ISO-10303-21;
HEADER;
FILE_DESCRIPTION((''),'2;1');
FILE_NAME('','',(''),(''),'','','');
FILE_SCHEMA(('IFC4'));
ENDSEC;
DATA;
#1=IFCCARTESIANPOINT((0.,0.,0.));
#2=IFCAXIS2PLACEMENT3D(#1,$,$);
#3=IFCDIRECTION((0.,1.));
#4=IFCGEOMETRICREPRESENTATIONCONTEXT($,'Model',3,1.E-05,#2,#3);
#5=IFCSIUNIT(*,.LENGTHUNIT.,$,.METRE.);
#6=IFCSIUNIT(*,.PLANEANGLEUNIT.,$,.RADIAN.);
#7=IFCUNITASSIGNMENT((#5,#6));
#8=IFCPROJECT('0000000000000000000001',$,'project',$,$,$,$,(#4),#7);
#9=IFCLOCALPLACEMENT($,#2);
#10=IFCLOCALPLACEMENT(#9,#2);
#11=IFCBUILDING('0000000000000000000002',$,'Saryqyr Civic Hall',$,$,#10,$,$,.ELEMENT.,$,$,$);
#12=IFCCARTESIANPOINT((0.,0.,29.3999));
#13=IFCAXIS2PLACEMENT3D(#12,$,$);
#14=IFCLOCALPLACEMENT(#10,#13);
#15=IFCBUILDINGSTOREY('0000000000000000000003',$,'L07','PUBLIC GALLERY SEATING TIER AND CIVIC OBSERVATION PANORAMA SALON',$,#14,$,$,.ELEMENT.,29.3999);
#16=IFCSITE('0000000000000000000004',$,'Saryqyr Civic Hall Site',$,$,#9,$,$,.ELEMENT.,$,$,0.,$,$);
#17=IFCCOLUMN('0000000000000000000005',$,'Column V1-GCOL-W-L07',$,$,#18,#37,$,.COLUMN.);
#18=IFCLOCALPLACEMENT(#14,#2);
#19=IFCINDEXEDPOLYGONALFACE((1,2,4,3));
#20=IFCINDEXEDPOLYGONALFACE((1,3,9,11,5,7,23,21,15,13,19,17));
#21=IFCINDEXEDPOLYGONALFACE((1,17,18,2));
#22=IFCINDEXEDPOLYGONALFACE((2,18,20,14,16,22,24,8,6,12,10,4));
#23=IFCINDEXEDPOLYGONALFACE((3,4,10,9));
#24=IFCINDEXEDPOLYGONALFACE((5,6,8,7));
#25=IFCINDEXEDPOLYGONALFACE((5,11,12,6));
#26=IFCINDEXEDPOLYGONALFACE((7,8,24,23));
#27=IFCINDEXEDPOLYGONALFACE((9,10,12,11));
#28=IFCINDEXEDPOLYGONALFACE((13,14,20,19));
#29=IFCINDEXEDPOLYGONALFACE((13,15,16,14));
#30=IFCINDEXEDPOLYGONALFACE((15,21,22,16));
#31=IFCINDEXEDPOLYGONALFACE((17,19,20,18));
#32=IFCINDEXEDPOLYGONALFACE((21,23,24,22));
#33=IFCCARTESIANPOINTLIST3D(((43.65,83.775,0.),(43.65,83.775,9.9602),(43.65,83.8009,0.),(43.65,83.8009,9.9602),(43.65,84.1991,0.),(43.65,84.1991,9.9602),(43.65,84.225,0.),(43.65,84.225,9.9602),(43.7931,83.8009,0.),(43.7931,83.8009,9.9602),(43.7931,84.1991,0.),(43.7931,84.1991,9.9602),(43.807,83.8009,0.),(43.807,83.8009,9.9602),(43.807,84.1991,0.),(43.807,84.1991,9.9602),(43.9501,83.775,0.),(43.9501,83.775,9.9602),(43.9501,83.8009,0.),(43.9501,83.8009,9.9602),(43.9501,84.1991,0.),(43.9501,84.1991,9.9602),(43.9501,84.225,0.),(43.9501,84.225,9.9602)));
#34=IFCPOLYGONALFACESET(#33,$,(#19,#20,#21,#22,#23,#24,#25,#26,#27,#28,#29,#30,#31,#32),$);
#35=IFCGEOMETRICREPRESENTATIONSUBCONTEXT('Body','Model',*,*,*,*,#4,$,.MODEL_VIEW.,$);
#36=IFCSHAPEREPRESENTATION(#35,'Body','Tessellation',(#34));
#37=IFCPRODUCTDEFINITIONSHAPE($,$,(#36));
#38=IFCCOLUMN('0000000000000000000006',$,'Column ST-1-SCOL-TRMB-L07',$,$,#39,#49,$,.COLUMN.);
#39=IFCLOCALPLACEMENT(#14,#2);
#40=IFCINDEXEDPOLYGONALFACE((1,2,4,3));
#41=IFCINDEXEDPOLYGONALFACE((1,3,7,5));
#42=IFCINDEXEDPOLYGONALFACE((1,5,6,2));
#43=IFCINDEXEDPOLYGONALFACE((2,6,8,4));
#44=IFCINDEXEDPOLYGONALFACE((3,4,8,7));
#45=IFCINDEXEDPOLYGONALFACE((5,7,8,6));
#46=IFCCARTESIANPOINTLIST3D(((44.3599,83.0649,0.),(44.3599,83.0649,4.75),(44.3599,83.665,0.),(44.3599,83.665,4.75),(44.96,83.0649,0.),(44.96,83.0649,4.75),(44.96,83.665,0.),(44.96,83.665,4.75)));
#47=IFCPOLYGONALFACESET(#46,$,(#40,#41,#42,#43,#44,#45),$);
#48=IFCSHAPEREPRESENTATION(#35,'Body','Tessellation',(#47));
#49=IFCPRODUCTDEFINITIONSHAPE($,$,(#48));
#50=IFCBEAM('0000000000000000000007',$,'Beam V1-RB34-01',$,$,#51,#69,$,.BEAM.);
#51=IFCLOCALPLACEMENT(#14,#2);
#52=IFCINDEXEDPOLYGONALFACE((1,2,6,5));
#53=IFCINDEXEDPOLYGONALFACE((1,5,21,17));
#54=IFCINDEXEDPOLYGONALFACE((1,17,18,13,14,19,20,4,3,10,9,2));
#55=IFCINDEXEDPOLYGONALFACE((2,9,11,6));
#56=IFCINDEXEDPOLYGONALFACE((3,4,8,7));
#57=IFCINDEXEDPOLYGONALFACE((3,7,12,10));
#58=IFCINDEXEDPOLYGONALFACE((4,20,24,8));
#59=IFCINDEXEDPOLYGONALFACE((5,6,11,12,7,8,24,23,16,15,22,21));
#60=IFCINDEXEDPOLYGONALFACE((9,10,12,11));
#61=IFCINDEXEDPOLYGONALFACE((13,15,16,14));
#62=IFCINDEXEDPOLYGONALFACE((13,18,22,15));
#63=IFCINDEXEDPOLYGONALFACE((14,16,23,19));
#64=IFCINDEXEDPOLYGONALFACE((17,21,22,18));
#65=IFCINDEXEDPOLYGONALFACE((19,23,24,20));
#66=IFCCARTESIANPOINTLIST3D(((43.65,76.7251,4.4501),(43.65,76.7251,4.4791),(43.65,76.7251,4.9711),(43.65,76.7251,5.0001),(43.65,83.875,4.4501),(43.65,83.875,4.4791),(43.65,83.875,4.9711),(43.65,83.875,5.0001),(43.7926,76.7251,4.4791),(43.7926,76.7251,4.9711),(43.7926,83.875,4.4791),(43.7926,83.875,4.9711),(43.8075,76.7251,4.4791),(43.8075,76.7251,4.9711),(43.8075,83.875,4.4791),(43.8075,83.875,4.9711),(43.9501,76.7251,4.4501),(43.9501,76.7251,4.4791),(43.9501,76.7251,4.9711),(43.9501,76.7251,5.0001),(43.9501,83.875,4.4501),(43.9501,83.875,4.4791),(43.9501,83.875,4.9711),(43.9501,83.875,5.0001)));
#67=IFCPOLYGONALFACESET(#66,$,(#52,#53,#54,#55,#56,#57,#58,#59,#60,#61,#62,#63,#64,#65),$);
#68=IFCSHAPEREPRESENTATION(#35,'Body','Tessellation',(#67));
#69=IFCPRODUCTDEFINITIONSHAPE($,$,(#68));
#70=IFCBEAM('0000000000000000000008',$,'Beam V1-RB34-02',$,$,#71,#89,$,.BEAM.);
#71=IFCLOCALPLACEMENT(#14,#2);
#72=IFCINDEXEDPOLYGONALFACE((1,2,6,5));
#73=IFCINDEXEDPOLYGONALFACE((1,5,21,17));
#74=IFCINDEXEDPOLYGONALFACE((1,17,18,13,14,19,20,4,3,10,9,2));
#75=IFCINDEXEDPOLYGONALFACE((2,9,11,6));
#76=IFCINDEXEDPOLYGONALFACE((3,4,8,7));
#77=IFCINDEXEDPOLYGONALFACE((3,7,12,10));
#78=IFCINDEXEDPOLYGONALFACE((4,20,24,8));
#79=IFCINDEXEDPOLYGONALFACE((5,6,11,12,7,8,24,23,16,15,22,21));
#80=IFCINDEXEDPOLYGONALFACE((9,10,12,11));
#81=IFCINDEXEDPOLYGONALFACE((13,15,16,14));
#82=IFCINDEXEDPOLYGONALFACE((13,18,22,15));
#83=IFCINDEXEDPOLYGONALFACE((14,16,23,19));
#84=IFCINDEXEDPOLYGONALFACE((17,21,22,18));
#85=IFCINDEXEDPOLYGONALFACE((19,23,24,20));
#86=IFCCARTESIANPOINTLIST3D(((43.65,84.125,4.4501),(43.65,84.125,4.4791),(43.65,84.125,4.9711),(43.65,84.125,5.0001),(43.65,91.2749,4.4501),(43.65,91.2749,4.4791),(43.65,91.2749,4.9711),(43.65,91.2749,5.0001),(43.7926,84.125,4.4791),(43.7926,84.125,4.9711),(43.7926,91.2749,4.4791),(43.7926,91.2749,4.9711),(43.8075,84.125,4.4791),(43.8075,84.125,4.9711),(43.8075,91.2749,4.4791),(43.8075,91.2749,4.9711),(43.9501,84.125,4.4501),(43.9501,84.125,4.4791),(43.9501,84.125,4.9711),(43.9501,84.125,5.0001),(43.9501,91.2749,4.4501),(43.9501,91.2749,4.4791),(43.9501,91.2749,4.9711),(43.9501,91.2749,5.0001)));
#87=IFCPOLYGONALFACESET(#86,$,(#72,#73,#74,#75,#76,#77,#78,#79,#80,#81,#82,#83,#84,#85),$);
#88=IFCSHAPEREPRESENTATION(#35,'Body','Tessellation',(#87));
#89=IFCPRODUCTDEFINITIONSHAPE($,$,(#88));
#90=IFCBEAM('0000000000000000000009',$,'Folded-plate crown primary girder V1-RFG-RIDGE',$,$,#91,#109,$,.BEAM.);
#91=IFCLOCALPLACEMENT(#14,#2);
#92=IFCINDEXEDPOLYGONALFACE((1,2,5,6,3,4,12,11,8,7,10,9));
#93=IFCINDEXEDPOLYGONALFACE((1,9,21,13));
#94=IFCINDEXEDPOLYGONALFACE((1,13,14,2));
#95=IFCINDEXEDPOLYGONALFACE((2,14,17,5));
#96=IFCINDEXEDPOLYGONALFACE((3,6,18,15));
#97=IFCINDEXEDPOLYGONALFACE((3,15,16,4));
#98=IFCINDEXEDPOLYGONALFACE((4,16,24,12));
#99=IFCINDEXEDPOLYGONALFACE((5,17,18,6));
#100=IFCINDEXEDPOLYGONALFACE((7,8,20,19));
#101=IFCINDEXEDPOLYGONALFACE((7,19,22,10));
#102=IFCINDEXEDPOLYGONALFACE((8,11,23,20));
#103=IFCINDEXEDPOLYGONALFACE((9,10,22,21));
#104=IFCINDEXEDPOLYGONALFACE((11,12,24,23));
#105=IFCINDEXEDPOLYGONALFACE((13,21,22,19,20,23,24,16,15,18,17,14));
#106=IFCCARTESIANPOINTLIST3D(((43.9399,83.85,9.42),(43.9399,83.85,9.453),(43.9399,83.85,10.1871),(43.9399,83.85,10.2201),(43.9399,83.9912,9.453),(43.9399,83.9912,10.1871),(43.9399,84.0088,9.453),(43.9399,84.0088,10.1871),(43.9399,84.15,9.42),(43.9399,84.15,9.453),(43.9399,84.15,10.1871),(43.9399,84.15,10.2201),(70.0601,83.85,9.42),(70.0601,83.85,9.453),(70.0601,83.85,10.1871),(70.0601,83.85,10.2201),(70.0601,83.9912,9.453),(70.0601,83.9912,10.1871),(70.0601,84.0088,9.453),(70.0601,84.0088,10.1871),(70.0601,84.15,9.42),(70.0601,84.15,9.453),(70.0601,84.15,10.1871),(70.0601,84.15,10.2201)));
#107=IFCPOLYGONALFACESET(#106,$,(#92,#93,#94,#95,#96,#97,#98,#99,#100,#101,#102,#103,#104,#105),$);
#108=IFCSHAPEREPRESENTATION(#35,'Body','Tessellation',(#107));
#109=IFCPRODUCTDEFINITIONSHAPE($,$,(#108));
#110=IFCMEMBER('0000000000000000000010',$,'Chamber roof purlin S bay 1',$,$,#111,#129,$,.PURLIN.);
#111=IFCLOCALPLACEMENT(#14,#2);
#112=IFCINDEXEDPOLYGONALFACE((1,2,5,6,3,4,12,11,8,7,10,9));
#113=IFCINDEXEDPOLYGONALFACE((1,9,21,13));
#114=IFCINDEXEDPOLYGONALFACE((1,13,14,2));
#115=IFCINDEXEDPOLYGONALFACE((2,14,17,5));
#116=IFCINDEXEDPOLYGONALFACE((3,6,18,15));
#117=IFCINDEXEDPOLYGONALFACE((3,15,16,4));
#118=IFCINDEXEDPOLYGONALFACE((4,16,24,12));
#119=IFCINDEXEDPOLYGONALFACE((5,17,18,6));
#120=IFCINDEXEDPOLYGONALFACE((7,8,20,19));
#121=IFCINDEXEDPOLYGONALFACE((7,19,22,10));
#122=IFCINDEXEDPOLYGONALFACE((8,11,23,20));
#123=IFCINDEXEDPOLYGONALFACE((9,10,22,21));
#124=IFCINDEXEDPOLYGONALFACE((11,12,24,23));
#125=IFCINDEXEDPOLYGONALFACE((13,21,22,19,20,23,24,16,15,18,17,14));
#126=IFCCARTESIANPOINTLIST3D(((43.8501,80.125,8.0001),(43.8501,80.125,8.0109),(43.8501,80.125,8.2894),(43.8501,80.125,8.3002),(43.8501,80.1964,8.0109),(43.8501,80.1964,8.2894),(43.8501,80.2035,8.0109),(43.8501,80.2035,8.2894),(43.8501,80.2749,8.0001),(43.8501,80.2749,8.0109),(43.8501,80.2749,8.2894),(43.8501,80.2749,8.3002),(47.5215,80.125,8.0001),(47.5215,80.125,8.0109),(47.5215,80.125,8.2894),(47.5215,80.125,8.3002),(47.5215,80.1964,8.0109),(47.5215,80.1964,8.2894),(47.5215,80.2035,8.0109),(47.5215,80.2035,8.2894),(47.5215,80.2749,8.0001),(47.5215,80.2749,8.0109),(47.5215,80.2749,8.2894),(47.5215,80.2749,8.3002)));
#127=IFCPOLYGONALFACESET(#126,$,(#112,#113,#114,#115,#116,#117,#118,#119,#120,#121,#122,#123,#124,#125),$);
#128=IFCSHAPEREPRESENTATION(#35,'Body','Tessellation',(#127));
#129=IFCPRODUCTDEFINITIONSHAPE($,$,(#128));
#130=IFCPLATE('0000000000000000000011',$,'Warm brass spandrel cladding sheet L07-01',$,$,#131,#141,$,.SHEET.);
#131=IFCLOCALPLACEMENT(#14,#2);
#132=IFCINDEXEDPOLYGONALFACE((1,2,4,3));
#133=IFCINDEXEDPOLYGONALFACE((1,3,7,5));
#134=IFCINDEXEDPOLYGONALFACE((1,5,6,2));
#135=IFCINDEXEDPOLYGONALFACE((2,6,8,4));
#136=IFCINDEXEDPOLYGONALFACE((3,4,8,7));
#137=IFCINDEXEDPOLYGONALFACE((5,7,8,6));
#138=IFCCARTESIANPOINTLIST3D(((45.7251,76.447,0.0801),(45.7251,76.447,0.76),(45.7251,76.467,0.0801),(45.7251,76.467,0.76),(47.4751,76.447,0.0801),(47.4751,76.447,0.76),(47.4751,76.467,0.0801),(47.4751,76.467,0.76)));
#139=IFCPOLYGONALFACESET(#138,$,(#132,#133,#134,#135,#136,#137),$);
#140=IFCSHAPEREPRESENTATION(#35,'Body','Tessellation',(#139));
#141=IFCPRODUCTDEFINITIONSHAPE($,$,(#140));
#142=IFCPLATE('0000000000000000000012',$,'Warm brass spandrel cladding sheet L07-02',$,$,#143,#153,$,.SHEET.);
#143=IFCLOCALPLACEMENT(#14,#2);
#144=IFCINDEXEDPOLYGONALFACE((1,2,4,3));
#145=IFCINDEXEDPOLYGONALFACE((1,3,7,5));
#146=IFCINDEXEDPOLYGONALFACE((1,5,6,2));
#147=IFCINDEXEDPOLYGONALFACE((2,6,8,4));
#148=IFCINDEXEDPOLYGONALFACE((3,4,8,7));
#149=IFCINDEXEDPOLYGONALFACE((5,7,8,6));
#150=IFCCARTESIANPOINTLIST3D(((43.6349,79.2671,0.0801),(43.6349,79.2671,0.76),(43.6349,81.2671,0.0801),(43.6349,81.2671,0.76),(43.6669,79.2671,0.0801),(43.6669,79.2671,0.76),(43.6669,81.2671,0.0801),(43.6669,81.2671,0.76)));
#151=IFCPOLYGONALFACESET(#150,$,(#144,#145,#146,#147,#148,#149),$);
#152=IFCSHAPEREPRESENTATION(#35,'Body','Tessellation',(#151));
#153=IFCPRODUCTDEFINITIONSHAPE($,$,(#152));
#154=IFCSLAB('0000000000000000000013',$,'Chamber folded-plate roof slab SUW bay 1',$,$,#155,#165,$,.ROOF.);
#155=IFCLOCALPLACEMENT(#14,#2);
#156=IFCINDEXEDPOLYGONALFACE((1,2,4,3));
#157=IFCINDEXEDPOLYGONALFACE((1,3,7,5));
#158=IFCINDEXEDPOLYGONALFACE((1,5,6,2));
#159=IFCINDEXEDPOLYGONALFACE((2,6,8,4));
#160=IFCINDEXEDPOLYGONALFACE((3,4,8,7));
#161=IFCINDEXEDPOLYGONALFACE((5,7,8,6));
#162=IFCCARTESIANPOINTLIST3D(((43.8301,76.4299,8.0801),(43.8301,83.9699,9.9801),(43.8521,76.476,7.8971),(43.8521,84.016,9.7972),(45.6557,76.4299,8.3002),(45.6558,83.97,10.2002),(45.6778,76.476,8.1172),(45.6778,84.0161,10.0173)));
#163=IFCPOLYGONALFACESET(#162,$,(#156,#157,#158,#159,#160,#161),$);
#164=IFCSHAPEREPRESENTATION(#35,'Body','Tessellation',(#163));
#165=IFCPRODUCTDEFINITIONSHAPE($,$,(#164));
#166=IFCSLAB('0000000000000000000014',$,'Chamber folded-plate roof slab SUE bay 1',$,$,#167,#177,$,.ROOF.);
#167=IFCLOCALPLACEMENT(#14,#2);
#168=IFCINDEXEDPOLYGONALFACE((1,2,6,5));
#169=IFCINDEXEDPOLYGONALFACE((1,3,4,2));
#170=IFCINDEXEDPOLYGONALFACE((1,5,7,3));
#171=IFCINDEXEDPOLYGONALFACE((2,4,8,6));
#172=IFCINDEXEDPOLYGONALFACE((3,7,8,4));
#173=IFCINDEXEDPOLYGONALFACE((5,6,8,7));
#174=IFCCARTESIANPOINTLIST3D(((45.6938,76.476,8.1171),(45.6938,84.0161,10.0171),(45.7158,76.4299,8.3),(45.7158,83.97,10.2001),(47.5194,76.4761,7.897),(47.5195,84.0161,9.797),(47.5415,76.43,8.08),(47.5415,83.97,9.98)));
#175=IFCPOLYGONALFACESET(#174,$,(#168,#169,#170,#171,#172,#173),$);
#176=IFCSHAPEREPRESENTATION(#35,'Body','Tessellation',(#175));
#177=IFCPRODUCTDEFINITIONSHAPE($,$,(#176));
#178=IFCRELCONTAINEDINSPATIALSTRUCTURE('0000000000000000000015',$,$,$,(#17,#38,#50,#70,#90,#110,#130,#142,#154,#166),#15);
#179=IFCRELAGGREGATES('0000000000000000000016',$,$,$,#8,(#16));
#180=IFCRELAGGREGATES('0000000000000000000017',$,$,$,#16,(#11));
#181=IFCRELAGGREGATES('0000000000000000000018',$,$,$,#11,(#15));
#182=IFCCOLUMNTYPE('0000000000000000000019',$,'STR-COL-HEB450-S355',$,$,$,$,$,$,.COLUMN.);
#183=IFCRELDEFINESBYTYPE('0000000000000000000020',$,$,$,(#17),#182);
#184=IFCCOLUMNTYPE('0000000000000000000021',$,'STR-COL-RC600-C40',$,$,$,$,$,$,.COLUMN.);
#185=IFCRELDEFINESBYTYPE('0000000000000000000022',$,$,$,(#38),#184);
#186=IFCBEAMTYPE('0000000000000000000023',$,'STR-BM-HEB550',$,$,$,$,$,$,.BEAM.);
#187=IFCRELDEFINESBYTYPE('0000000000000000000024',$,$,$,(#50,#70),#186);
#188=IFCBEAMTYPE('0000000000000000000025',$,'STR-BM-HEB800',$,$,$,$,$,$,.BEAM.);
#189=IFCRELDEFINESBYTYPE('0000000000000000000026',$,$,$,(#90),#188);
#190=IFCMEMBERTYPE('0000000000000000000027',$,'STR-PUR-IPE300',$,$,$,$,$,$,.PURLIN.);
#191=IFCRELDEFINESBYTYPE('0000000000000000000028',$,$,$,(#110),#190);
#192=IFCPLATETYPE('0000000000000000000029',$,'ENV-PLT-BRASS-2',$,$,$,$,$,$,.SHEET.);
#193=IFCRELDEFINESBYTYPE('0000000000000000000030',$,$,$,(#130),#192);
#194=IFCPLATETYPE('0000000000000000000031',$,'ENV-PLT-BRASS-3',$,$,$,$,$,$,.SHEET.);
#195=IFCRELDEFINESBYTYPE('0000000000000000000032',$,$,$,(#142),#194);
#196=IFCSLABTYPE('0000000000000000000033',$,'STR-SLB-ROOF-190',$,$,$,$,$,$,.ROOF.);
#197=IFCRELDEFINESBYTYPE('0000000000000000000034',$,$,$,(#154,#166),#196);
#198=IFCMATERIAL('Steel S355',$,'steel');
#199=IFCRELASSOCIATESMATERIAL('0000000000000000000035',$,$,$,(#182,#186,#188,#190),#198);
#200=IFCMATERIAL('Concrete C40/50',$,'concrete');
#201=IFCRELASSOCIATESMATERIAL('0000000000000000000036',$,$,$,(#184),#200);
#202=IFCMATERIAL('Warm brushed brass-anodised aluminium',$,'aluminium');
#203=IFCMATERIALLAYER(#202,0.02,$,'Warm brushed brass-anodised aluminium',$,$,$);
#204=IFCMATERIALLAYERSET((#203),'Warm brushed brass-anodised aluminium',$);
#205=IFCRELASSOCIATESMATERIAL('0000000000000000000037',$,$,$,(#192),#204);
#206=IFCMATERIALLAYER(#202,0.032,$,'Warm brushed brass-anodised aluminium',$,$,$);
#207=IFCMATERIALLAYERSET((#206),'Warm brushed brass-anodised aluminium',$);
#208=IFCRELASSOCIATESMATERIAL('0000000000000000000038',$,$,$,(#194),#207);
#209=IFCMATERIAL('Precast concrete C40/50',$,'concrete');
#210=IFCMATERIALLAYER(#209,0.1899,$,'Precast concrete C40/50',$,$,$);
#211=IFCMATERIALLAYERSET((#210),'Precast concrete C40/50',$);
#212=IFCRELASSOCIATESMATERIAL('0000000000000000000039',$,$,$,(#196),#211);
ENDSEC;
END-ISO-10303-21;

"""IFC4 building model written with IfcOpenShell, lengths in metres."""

from ifc_helpers import new_model, si_unit, direction, frame, origin, origin_2d, place, context, subcontext, project, spatial, polyline, rectangle, i_section, outline, extrude, material, layer, layer_set, material_profile, profile_set, type_object, element, save


model = new_model("IFC4")

# Units and contexts
model_context = context("Model", 3, precision=1e-05, world=origin(), true_north=direction((0.0, 1.0)))
body_context = subcontext(model_context, "Body", "Model", "MODEL_VIEW")
ifc_project = project(units=[si_unit("LENGTHUNIT", "METRE"), si_unit("PLANEANGLEUNIT", "RADIAN")], contexts=[model_context])

# Site, building, storey
site_placement = place(None, origin())
site = spatial("IfcSite", under=ifc_project, at=site_placement, Name="Saryqyr Civic Hall Site", CompositionType="ELEMENT", RefElevation=0.0)
building_placement = place(site_placement, origin())
building = spatial("IfcBuilding", under=site, at=building_placement, Name="Saryqyr Civic Hall", CompositionType="ELEMENT")
storey_placement = place(building_placement, frame((0.0, 0.0, 29.3999)))
storey = spatial("IfcBuildingStorey", under=building, at=storey_placement, Name="L07", Description="PUBLIC GALLERY SEATING TIER AND CIVIC OBSERVATION PANORAMA SALON", CompositionType="ELEMENT", Elevation=29.3999)

# Columns
ifc_material_1 = material(Name="Steel S355", Category="steel")
ifc_material_profile_1 = material_profile(ifc_material_1, i_section(OverallWidth=0.3, OverallDepth=0.45, WebThickness=0.0139, FlangeThickness=0.0259, at=origin_2d()), Name="HEB 450")
ifc_profile_set_1 = profile_set([ifc_material_profile_1], Name="Steel S355")
column_type_1 = type_object("IfcColumnType", Name="STR-COL-HEB450-S355", PredefinedType="COLUMN", material=ifc_profile_set_1)
column_1_placement = place(storey_placement, frame((43.8, 84.0, 0.0), z_axis=(0.0, 0.0, 1.0), x_axis=(1.0, 0.0, 0.0)))
element("IfcColumn", 1, at=column_1_placement, inside=storey, type_object=column_type_1, Name="Column V1-GCOL-W-L07", PredefinedType="COLUMN", context=body_context, shape_type="SweptSolid", body=[
    extrude(i_section(OverallWidth=0.3, OverallDepth=0.45, WebThickness=0.0139, FlangeThickness=0.0259, at=origin_2d()), origin(), (0.0, 0.0, 1.0), 9.9602),
])
ifc_material_2 = material(Name="Concrete C40/50", Category="concrete")
ifc_material_profile_2 = material_profile(ifc_material_2, rectangle(XDim=0.6001, YDim=0.6001, at=origin_2d()), Name="RC 600x600")
ifc_profile_set_2 = profile_set([ifc_material_profile_2], Name="Concrete C40/50")
column_type_2 = type_object("IfcColumnType", Name="STR-COL-RC600-C40", PredefinedType="COLUMN", material=ifc_profile_set_2)
column_2_placement = place(storey_placement, frame((44.6599, 83.365, 0.0), z_axis=(0.0, 0.0, 1.0), x_axis=(1.0, 0.0, 0.0)))
element("IfcColumn", 2, at=column_2_placement, inside=storey, type_object=column_type_2, Name="Column ST-1-SCOL-TRMB-L07", PredefinedType="COLUMN", context=body_context, shape_type="SweptSolid", body=[
    extrude(rectangle(XDim=0.6001, YDim=0.6001, at=origin_2d()), origin(), (0.0, 0.0, 1.0), 4.75),
])

# Beams
ifc_material_profile_3 = material_profile(ifc_material_1, i_section(OverallWidth=0.3, OverallDepth=0.55, WebThickness=0.0149, FlangeThickness=0.0291, at=origin_2d()), Name="HEB 550")
ifc_profile_set_3 = profile_set([ifc_material_profile_3], Name="Steel S355")
beam_type_1 = type_object("IfcBeamType", Name="STR-BM-HEB550", PredefinedType="BEAM", material=ifc_profile_set_3)
for number, where, z_axis, x_axis, name in (
    (3, (43.8, 76.7251, 4.7251), (0.0, 1.0, 0.0), (-1.0, 0.0, 0.0), "Beam V1-RB34-01"),
    (4, (43.8, 84.125, 4.7251), (0.0, 1.0, 0.0), (-1.0, 0.0, 0.0), "Beam V1-RB34-02"),
):
    element("IfcBeam", number, at=place(storey_placement, frame(where, z_axis=z_axis, x_axis=x_axis)), inside=storey, type_object=beam_type_1, Name=name, PredefinedType="BEAM", context=body_context, shape_type="SweptSolid", body=[
        extrude(i_section(OverallWidth=0.3, OverallDepth=0.55, WebThickness=0.0149, FlangeThickness=0.0291, at=origin_2d()), origin(), (0.0, 0.0, 1.0), 7.1499),
    ])
ifc_material_profile_4 = material_profile(ifc_material_1, i_section(OverallWidth=0.3, OverallDepth=0.8, WebThickness=0.0176, FlangeThickness=0.033, at=origin_2d()), Name="HEB 800")
ifc_profile_set_4 = profile_set([ifc_material_profile_4], Name="Steel S355")
beam_type_2 = type_object("IfcBeamType", Name="STR-BM-HEB800", PredefinedType="BEAM", material=ifc_profile_set_4)
beam_placement = place(storey_placement, frame((43.9399, 84.0, 9.8201), z_axis=(1.0, 0.0, 0.0), x_axis=(0.0, 1.0, 0.0)))
element("IfcBeam", 5, at=beam_placement, inside=storey, type_object=beam_type_2, Name="Folded-plate crown primary girder V1-RFG-RIDGE", PredefinedType="BEAM", context=body_context, shape_type="SweptSolid", body=[
    extrude(i_section(OverallWidth=0.3, OverallDepth=0.8, WebThickness=0.0176, FlangeThickness=0.033, at=origin_2d()), origin(), (0.0, 0.0, 1.0), 26.1201),
])

# Member
ifc_material_profile_5 = material_profile(ifc_material_1, i_section(OverallWidth=0.1499, OverallDepth=0.3, WebThickness=0.0071, FlangeThickness=0.0107, at=origin_2d()), Name="IPE 300")
ifc_profile_set_5 = profile_set([ifc_material_profile_5], Name="Steel S355")
member_type = type_object("IfcMemberType", Name="STR-PUR-IPE300", PredefinedType="PURLIN", material=ifc_profile_set_5)
member_placement = place(storey_placement, frame((43.8501, 80.2, 8.1501), z_axis=(1.0, 0.0, 0.0), x_axis=(0.0, 1.0, 0.0)))
element("IfcMember", 6, at=member_placement, inside=storey, type_object=member_type, Name="Chamber roof purlin S bay 1", PredefinedType="PURLIN", context=body_context, shape_type="SweptSolid", body=[
    extrude(i_section(OverallWidth=0.1499, OverallDepth=0.3, WebThickness=0.0071, FlangeThickness=0.0107, at=origin_2d()), origin(), (0.0, 0.0, 1.0), 3.6714),
])

# Plates
ifc_material_3 = material(Name="Warm brushed brass-anodised aluminium", Category="aluminium")
ifc_layer_1 = layer(ifc_material_3, 0.02, Name="Warm brushed brass-anodised aluminium")
ifc_layer_set_1 = layer_set([ifc_layer_1], Name="Warm brushed brass-anodised aluminium")
plate_type_1 = type_object("IfcPlateType", Name="ENV-PLT-BRASS-2", PredefinedType="SHEET", material=ifc_layer_set_1)
plate_1_placement = place(storey_placement, frame((46.6001, 76.457, 0.0801), z_axis=(0.0, 0.0, 1.0), x_axis=(-1.0, 0.0, 0.0)))
element("IfcPlate", 7, at=plate_1_placement, inside=storey, type_object=plate_type_1, Name="Warm brass spandrel cladding sheet L07-01", PredefinedType="SHEET", context=body_context, shape_type="SweptSolid", body=[
    extrude(rectangle(XDim=1.75, YDim=0.02, at=origin_2d()), origin(), (0.0, 0.0, 1.0), 0.6799),
])
ifc_layer_2 = layer(ifc_material_3, 0.032, Name="Warm brushed brass-anodised aluminium")
ifc_layer_set_2 = layer_set([ifc_layer_2], Name="Warm brushed brass-anodised aluminium")
plate_type_2 = type_object("IfcPlateType", Name="ENV-PLT-BRASS-3", PredefinedType="SHEET", material=ifc_layer_set_2)
plate_2_placement = place(storey_placement, frame((43.6509, 80.2671, 0.0801), z_axis=(0.0, 0.0, 1.0), x_axis=(0.0, 1.0, 0.0)))
element("IfcPlate", 8, at=plate_2_placement, inside=storey, type_object=plate_type_2, Name="Warm brass spandrel cladding sheet L07-02", PredefinedType="SHEET", context=body_context, shape_type="SweptSolid", body=[
    extrude(rectangle(XDim=2.0, YDim=0.032, at=origin_2d()), origin(), (0.0, 0.0, 1.0), 0.6799),
])

# Slabs
ifc_material_4 = material(Name="Precast concrete C40/50", Category="concrete")
ifc_layer_3 = layer(ifc_material_4, 0.1899, Name="Precast concrete C40/50")
ifc_layer_set_3 = layer_set([ifc_layer_3], Name="Precast concrete C40/50")
slab_type = type_object("IfcSlabType", Name="STR-SLB-ROOF-190", PredefinedType="ROOF", material=ifc_layer_set_3)
slab_1_placement = place(storey_placement, frame((43.8301, 76.4299, 8.0801), z_axis=(-0.116109, -0.2427, 0.963128), x_axis=(0.992812, -0.000016, 0.119683)))
element("IfcSlab", 9, at=slab_1_placement, inside=storey, type_object=slab_type, Name="Chamber folded-plate roof slab SUW bay 1", PredefinedType="ROOF", context=body_context, shape_type="SweptSolid", body=[
    extrude(outline(polyline([(0.0, 0.0), (1.8389, 0.0), (2.0662, 7.7725), (0.2273, 7.7724), (0.0, 0.0)])), origin(), (0.0, 0.0, -1.0), 0.1899),
])
slab_2_placement = place(storey_placement, frame((45.7158, 76.4299, 8.3), z_axis=(0.116109, -0.2427, 0.963128), x_axis=(0.992812, 0.000016, -0.119683)))
element("IfcSlab", 10, at=slab_2_placement, inside=storey, type_object=slab_type, Name="Chamber folded-plate roof slab SUE bay 1", PredefinedType="ROOF", context=body_context, shape_type="SweptSolid", body=[
    extrude(outline(polyline([(0.0, 0.0), (1.8389, 0.0), (1.6116, 7.7724), (-0.2273, 7.7725), (0.0, 0.0)])), origin(), (0.0, 0.0, -1.0), 0.1899),
])

save(model, "model.ifc")
